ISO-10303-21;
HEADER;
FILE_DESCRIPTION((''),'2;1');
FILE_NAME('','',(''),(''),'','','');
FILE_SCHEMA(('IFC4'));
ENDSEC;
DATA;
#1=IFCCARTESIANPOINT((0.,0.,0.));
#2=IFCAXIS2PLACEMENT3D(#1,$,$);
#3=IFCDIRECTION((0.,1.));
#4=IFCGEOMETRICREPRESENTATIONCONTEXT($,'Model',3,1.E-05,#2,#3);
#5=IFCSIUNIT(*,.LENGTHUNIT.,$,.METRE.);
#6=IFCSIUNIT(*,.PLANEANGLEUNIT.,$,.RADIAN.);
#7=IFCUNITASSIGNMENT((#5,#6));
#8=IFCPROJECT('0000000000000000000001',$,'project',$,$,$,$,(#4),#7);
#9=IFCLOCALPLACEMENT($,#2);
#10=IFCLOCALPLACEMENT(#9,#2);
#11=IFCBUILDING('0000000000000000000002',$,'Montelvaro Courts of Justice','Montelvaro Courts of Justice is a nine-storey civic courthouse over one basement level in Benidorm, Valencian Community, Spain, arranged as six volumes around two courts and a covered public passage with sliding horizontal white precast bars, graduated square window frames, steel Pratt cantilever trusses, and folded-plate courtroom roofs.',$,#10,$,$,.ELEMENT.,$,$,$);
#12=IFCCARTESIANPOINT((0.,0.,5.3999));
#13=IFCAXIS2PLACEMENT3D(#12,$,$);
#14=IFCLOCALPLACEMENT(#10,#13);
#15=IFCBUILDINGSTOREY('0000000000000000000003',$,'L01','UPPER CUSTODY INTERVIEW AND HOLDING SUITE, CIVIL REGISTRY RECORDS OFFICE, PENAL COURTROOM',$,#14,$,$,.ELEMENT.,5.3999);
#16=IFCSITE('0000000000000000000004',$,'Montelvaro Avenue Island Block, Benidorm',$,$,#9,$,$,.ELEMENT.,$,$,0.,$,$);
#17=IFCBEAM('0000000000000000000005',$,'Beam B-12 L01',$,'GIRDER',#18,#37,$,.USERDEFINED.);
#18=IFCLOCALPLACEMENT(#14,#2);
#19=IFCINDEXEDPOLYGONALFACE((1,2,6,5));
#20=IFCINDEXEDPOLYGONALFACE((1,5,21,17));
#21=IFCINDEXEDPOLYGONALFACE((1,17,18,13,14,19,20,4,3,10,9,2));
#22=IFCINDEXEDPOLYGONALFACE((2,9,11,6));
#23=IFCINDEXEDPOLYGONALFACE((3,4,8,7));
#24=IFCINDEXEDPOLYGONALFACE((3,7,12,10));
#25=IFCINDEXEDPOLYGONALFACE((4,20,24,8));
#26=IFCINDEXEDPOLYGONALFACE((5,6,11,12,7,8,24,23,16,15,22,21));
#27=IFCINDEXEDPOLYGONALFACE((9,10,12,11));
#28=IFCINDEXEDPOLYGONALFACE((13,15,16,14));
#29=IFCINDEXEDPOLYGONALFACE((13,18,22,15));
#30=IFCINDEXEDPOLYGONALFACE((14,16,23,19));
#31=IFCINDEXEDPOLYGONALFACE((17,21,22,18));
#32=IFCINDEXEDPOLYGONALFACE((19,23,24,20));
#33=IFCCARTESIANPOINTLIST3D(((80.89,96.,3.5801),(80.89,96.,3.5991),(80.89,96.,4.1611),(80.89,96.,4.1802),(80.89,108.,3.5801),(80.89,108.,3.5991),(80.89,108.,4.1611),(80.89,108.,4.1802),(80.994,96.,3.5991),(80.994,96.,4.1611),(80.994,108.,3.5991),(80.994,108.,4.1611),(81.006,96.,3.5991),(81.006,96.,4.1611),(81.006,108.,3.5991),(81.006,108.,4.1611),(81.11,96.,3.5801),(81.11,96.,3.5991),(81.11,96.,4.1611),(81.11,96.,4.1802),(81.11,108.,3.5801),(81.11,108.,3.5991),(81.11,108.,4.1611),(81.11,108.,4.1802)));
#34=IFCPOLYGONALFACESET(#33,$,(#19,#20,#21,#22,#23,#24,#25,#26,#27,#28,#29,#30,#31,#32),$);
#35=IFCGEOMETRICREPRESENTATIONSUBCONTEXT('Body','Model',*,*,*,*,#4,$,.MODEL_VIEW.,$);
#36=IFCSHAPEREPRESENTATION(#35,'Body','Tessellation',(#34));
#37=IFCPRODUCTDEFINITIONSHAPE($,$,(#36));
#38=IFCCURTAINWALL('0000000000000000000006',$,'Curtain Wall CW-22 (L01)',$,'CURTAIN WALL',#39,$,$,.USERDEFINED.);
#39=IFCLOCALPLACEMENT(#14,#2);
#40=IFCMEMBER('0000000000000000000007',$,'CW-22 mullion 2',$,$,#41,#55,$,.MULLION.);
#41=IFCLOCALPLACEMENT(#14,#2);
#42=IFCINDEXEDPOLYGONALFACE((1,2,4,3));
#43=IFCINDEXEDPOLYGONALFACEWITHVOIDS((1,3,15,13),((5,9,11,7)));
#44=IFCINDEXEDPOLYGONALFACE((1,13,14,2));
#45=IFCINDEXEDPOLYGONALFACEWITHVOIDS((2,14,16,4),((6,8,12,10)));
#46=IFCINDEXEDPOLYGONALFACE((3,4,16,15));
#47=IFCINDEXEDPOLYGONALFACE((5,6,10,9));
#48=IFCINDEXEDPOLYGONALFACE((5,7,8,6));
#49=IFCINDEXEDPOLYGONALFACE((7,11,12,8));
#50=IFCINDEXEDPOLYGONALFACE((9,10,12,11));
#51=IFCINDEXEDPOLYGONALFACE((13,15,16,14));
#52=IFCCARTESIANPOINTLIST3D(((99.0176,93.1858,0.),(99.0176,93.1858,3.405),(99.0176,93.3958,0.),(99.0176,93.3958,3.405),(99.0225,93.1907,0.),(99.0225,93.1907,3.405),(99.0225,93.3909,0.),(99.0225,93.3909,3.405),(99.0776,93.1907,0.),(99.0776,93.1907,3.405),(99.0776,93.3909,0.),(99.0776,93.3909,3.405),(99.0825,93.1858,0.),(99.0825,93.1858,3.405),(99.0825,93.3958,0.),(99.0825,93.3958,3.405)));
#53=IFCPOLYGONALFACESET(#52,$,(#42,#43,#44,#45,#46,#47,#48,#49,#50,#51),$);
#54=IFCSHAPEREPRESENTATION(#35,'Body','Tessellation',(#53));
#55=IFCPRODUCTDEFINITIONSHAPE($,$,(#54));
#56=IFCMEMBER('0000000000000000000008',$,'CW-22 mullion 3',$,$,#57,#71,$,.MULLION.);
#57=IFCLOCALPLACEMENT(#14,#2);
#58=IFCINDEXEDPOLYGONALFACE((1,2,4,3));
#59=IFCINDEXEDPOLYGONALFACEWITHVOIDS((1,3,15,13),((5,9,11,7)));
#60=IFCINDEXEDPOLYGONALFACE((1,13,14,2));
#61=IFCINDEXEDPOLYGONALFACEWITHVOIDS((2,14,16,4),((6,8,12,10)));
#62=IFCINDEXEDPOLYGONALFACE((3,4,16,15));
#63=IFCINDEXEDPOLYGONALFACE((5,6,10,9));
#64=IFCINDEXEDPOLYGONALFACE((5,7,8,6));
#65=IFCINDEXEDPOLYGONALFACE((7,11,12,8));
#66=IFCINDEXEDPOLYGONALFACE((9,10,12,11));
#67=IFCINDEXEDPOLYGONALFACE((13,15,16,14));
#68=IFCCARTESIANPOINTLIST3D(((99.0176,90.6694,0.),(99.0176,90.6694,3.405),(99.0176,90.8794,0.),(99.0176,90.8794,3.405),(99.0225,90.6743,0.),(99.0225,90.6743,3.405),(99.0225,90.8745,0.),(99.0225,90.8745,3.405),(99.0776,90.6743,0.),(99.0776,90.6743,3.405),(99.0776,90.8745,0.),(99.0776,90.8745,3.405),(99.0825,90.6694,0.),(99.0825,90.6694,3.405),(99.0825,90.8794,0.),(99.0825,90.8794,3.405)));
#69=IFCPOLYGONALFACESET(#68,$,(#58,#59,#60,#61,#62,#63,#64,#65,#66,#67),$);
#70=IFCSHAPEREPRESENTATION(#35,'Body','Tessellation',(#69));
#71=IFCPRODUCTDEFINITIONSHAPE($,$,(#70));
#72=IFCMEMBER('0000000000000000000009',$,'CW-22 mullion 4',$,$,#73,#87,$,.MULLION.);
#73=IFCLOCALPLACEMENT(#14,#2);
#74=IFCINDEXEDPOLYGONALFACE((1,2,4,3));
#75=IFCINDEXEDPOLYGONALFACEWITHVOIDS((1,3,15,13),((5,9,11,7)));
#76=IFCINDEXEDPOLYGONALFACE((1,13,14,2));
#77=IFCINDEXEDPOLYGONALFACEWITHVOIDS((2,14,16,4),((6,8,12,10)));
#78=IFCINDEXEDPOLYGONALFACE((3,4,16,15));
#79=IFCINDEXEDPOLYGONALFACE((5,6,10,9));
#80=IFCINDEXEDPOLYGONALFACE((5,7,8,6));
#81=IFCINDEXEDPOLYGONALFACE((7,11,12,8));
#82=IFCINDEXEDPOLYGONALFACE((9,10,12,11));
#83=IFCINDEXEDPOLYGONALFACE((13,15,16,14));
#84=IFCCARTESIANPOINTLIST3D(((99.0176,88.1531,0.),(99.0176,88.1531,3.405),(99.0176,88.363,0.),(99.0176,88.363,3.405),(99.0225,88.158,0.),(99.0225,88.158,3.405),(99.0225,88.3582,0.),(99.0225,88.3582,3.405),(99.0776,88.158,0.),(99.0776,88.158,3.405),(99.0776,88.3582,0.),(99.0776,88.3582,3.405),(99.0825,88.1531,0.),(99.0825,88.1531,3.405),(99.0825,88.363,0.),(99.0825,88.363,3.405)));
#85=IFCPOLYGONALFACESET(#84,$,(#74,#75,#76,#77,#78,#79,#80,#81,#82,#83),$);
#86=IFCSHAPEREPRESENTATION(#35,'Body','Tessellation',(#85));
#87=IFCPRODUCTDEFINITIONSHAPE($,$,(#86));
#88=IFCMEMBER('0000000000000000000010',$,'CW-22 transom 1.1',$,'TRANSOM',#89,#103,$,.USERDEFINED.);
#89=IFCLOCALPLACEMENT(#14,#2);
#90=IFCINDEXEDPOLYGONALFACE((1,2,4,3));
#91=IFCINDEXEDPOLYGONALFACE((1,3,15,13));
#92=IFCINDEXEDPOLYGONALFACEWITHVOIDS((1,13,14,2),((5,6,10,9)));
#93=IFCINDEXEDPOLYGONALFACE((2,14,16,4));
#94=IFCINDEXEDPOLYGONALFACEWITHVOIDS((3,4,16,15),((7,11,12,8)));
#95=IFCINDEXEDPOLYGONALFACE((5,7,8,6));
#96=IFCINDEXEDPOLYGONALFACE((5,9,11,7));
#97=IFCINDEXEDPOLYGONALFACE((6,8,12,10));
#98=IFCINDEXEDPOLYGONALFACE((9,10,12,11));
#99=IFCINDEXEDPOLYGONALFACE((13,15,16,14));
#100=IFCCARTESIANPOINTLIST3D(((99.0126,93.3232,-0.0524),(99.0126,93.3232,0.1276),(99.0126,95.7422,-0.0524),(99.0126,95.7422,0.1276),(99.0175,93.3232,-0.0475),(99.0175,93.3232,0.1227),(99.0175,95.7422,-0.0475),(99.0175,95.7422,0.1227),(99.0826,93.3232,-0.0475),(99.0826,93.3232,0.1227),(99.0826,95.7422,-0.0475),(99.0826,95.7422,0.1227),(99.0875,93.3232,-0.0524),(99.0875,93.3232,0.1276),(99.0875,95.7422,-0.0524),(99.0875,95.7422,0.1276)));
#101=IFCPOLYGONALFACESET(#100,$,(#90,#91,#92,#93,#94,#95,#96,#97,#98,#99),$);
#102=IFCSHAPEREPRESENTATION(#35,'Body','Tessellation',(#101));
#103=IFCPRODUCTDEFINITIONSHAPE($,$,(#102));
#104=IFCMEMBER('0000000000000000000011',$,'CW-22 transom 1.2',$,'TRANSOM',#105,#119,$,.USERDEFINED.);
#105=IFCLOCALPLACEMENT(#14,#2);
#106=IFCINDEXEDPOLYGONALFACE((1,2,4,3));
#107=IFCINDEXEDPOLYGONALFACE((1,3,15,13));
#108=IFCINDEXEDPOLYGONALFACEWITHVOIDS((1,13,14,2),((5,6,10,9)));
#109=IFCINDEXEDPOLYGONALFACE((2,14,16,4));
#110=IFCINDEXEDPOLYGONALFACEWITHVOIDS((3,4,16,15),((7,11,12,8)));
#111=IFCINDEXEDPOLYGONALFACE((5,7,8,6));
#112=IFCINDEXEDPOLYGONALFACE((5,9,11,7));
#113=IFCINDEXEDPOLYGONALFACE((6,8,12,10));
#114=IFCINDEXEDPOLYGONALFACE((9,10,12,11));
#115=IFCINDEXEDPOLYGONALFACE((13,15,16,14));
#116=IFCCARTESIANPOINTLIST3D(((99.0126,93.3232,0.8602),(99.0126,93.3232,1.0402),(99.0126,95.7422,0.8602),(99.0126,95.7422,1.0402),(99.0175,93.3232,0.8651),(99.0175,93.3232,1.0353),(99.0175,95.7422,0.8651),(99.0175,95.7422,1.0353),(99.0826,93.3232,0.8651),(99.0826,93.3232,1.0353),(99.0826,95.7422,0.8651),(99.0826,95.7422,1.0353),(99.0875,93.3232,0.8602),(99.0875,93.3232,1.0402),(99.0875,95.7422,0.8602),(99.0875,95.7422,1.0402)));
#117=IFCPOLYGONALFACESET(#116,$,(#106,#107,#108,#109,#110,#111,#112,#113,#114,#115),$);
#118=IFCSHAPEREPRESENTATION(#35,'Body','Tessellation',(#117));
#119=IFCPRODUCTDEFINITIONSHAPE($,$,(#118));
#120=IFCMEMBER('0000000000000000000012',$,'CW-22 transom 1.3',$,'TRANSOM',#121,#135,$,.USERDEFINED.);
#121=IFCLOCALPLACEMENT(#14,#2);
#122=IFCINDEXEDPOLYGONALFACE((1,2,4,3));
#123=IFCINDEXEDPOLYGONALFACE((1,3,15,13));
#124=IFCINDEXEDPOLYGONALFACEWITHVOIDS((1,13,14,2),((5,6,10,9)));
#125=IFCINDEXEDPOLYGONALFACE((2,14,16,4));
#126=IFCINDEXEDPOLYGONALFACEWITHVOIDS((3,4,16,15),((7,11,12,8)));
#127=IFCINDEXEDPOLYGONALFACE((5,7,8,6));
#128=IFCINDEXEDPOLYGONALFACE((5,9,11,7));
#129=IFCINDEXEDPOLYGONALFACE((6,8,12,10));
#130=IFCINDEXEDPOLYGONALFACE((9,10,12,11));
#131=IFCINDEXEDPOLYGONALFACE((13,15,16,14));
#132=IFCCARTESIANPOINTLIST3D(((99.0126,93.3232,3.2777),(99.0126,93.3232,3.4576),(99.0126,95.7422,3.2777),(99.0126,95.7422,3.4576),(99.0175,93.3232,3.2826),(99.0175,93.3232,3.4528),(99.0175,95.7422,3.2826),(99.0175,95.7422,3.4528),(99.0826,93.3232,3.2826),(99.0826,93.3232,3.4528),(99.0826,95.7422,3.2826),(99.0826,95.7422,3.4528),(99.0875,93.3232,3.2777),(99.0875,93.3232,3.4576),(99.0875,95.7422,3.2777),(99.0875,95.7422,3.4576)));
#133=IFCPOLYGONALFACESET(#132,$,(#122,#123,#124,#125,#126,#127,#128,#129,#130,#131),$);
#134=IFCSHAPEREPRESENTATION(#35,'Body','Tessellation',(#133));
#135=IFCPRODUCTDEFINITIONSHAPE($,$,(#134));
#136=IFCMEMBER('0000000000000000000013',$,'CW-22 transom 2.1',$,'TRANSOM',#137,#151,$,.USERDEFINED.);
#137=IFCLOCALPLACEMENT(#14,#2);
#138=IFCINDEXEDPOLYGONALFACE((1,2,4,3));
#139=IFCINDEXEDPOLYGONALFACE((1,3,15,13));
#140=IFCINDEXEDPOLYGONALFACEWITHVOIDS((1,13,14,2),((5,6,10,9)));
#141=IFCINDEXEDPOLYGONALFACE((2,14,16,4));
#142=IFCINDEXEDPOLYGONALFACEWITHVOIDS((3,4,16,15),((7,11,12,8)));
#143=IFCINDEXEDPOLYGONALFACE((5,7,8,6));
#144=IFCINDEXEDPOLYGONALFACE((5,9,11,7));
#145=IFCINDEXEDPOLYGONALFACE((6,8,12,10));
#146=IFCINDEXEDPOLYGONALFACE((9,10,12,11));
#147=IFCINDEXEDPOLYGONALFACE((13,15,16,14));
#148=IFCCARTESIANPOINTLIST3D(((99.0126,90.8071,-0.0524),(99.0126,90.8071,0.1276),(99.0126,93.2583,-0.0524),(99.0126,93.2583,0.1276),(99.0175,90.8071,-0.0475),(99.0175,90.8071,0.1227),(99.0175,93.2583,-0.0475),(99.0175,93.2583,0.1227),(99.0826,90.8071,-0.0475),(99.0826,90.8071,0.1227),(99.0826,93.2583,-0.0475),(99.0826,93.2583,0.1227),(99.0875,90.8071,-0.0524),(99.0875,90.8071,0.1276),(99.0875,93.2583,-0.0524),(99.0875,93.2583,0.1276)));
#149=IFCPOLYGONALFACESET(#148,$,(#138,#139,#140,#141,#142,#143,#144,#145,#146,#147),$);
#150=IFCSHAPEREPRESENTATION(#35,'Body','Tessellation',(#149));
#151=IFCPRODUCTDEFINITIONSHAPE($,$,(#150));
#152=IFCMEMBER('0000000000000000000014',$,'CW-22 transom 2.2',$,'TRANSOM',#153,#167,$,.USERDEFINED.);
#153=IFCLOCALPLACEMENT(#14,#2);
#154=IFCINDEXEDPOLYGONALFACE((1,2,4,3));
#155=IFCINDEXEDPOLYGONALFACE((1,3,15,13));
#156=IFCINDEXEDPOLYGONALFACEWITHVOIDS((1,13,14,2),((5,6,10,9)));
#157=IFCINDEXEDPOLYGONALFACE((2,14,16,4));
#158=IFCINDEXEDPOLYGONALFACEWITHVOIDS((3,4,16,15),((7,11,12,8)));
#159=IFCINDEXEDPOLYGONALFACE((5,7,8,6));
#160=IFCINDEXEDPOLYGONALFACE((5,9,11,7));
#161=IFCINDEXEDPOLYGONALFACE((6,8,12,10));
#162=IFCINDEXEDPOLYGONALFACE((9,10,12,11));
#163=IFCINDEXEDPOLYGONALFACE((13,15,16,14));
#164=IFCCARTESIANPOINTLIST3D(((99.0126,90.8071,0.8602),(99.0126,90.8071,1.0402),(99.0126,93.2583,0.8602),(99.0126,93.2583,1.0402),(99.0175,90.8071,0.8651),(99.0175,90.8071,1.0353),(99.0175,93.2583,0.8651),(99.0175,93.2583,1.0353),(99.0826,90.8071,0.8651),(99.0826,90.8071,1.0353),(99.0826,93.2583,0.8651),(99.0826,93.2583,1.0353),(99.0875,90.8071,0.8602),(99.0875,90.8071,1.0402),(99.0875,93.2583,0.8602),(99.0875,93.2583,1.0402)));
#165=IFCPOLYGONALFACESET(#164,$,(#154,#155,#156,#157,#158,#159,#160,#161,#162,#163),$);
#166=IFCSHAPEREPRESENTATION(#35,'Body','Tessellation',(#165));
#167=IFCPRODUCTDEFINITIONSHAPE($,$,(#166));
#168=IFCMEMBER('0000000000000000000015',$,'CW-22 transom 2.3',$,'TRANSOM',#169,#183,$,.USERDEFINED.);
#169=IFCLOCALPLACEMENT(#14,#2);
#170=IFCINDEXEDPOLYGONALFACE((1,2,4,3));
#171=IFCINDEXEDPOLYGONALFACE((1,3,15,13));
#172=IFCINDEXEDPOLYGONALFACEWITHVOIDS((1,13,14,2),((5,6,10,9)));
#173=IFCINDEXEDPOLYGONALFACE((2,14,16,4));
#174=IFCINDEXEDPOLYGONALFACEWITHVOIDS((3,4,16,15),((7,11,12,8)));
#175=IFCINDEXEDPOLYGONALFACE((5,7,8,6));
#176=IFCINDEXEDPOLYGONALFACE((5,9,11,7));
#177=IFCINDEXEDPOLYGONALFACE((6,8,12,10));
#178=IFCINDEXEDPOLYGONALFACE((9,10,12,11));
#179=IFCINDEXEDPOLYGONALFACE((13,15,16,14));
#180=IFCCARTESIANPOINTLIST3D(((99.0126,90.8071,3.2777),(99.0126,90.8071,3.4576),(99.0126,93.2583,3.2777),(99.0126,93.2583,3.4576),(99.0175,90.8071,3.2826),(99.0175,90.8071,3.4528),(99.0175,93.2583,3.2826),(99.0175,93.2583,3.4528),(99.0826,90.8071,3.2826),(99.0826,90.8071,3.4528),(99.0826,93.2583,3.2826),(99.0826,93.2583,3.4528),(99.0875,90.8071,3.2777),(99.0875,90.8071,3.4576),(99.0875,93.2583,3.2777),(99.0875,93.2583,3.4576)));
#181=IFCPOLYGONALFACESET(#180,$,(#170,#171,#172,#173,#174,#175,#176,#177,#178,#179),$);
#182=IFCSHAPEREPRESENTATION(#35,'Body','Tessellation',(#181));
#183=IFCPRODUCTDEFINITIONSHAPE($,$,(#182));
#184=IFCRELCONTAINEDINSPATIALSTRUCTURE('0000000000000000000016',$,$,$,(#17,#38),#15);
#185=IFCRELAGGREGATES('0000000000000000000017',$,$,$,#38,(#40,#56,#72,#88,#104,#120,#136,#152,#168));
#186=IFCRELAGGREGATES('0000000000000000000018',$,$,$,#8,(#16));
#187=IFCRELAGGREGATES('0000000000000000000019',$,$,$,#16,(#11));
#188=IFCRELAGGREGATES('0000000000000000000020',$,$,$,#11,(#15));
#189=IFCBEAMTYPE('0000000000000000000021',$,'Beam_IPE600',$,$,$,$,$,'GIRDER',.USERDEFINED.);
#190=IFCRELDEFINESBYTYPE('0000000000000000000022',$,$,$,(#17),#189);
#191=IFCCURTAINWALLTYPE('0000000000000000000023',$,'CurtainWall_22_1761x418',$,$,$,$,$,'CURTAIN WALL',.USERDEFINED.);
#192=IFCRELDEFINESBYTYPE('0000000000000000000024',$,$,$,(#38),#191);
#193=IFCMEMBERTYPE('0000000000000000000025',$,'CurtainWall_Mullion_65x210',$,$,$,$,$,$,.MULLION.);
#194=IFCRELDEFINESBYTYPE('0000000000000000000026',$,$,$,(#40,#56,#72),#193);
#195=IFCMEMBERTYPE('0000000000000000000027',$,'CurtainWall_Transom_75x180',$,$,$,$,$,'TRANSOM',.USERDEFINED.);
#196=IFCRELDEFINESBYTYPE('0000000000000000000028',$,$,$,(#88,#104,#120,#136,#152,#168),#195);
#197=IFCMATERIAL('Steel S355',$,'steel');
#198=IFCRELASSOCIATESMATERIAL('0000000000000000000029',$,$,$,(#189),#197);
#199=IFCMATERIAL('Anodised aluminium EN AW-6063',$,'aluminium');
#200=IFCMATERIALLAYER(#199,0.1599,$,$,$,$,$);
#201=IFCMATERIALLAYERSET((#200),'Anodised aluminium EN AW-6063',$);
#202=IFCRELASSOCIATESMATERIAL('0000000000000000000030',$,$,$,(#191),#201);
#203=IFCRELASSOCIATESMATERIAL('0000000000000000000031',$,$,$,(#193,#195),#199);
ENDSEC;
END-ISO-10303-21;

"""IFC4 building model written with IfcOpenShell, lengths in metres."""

from ifc_helpers import new_model, si_unit, direction, frame, origin, origin_2d, place, context, subcontext, project, spatial, hollow_rectangle, i_section, extrude, material, layer, layer_set, material_profile, profile_set, type_object, element, aggregate, save


model = new_model("IFC4")

# Units and contexts
model_context = context("Model", 3, precision=1e-05, world=origin(), true_north=direction((0.0, 1.0)))
body_context = subcontext(model_context, "Body", "Model", "MODEL_VIEW")
ifc_project = project(units=[si_unit("LENGTHUNIT", "METRE"), si_unit("PLANEANGLEUNIT", "RADIAN")], contexts=[model_context])

# Site, building, storey
site_placement = place(None, origin())
site = spatial("IfcSite", under=ifc_project, at=site_placement, Name="Montelvaro Avenue Island Block, Benidorm", CompositionType="ELEMENT", RefElevation=0.0)
building_placement = place(site_placement, origin())
building = spatial("IfcBuilding", under=site, at=building_placement, Name="Montelvaro Courts of Justice", Description="Montelvaro Courts of Justice is a nine-storey civic courthouse over one basement level in Benidorm, Valencian Community, Spain, arranged as six volumes around two courts and a covered public passage with sliding horizontal white precast bars, graduated square window frames, steel Pratt cantilever trusses, and folded-plate courtroom roofs.", CompositionType="ELEMENT")
storey_placement = place(building_placement, frame((0.0, 0.0, 5.3999)))
storey = spatial("IfcBuildingStorey", under=building, at=storey_placement, Name="L01", Description="UPPER CUSTODY INTERVIEW AND HOLDING SUITE, CIVIL REGISTRY RECORDS OFFICE, PENAL COURTROOM", CompositionType="ELEMENT", Elevation=5.3999)

# Shared definitions
ifc_material_1 = material(Name="Steel S355", Category="steel")

# Beam
ifc_material_profile_1 = material_profile(ifc_material_1, i_section(OverallWidth=0.22, OverallDepth=0.6001, WebThickness=0.012, FlangeThickness=0.019, at=origin_2d()), Name="IPE 600")
ifc_profile_set_1 = profile_set([ifc_material_profile_1], Name="Steel S355")
beam_type_1 = type_object("IfcBeamType", Name="Beam_IPE600", ElementType="GIRDER", PredefinedType="USERDEFINED", material=ifc_profile_set_1)
beam_1_placement = place(storey_placement, frame((81.0, 96.0, 3.8801), z_axis=(0.0, 1.0, 0.0), x_axis=(-1.0, 0.0, 0.0)))
element("IfcBeam", 1, at=beam_1_placement, inside=storey, type_object=beam_type_1, Name="Beam B-12 L01", ObjectType="GIRDER", PredefinedType="USERDEFINED", context=body_context, shape_type="SweptSolid", body=[
    extrude(i_section(OverallWidth=0.22, OverallDepth=0.6001, WebThickness=0.012, FlangeThickness=0.019, at=origin_2d()), origin(), (0.0, 0.0, 1.0), 12.0),
])

# Curtain wall, members
ifc_material_2 = material(Name="Anodised aluminium EN AW-6063", Category="aluminium")
ifc_layer_1 = layer(ifc_material_2, 0.1599)
ifc_layer_set_1 = layer_set([ifc_layer_1], Name="Anodised aluminium EN AW-6063")
curtain_wall_type_1 = type_object("IfcCurtainWallType", Name="CurtainWall_22_1761x418", ElementType="CURTAIN WALL", PredefinedType="USERDEFINED", material=ifc_layer_set_1)
curtain_wall_1_placement = place(storey_placement, origin())
curtain_wall_1 = element("IfcCurtainWall", 2, at=curtain_wall_1_placement, inside=storey, type_object=curtain_wall_type_1, Name="Curtain Wall CW-22 (L01)", ObjectType="CURTAIN WALL", PredefinedType="USERDEFINED")
ifc_material_profile_2 = material_profile(ifc_material_2, hollow_rectangle(XDim=0.0649, YDim=0.21, WallThickness=0.0049, at=origin_2d()), Name="ALU-M 65x210")
ifc_profile_set_2 = profile_set([ifc_material_profile_2], Name="Anodised aluminium EN AW-6063")
member_type_1 = type_object("IfcMemberType", Name="CurtainWall_Mullion_65x210", PredefinedType="MULLION", material=ifc_profile_set_2)
member_1_placement = place(storey_placement, frame((99.05, 93.2908, 0.0), z_axis=(0.0, 0.0, 1.0), x_axis=(1.0, 0.0, 0.0)))
member_1 = element("IfcMember", 3, at=member_1_placement, type_object=member_type_1, Name="CW-22 mullion 2", PredefinedType="MULLION", context=body_context, shape_type="SweptSolid", body=[
    extrude(hollow_rectangle(XDim=0.0649, YDim=0.21, WallThickness=0.0049, at=origin_2d()), origin(), (0.0, 0.0, 1.0), 3.405),
])
member_2_placement = place(storey_placement, frame((99.05, 90.7744, 0.0), z_axis=(0.0, 0.0, 1.0), x_axis=(1.0, 0.0, 0.0)))
member_2 = element("IfcMember", 4, at=member_2_placement, type_object=member_type_1, Name="CW-22 mullion 3", PredefinedType="MULLION", context=body_context, shape_type="SweptSolid", body=[
    extrude(hollow_rectangle(XDim=0.0649, YDim=0.21, WallThickness=0.0049, at=origin_2d()), origin(), (0.0, 0.0, 1.0), 3.405),
])
member_3_placement = place(storey_placement, frame((99.05, 88.2581, 0.0), z_axis=(0.0, 0.0, 1.0), x_axis=(1.0, 0.0, 0.0)))
member_3 = element("IfcMember", 5, at=member_3_placement, type_object=member_type_1, Name="CW-22 mullion 4", PredefinedType="MULLION", context=body_context, shape_type="SweptSolid", body=[
    extrude(hollow_rectangle(XDim=0.0649, YDim=0.21, WallThickness=0.0049, at=origin_2d()), origin(), (0.0, 0.0, 1.0), 3.405),
])
ifc_material_profile_3 = material_profile(ifc_material_2, hollow_rectangle(XDim=0.075, YDim=0.1799, WallThickness=0.0049, at=origin_2d()), Name="ALU-T 75x180")
ifc_profile_set_3 = profile_set([ifc_material_profile_3], Name="Anodised aluminium EN AW-6063")
member_type_2 = type_object("IfcMemberType", Name="CurtainWall_Transom_75x180", ElementType="TRANSOM", PredefinedType="USERDEFINED", material=ifc_profile_set_3)
member_4_placement = place(storey_placement, frame((99.05, 95.7422, 0.0376), z_axis=(0.0, -1.0, 0.0), x_axis=(1.0, 0.0, 0.0)))
member_4 = element("IfcMember", 6, at=member_4_placement, type_object=member_type_2, Name="CW-22 transom 1.1", ObjectType="TRANSOM", PredefinedType="USERDEFINED", context=body_context, shape_type="SweptSolid", body=[
    extrude(hollow_rectangle(XDim=0.075, YDim=0.1799, WallThickness=0.0049, at=origin_2d()), origin(), (0.0, 0.0, 1.0), 2.4189),
])
member_5_placement = place(storey_placement, frame((99.05, 95.7422, 0.9502), z_axis=(0.0, -1.0, 0.0), x_axis=(1.0, 0.0, 0.0)))
member_5 = element("IfcMember", 7, at=member_5_placement, type_object=member_type_2, Name="CW-22 transom 1.2", ObjectType="TRANSOM", PredefinedType="USERDEFINED", context=body_context, shape_type="SweptSolid", body=[
    extrude(hollow_rectangle(XDim=0.075, YDim=0.1799, WallThickness=0.0049, at=origin_2d()), origin(), (0.0, 0.0, 1.0), 2.4189),
])
member_6_placement = place(storey_placement, frame((99.05, 95.7422, 3.3677), z_axis=(0.0, -1.0, 0.0), x_axis=(1.0, 0.0, 0.0)))
member_6 = element("IfcMember", 8, at=member_6_placement, type_object=member_type_2, Name="CW-22 transom 1.3", ObjectType="TRANSOM", PredefinedType="USERDEFINED", context=body_context, shape_type="SweptSolid", body=[
    extrude(hollow_rectangle(XDim=0.075, YDim=0.1799, WallThickness=0.0049, at=origin_2d()), origin(), (0.0, 0.0, 1.0), 2.4189),
])
member_7_placement = place(storey_placement, frame((99.05, 93.2583, 0.0376), z_axis=(0.0, -1.0, 0.0), x_axis=(1.0, 0.0, 0.0)))
member_7 = element("IfcMember", 9, at=member_7_placement, type_object=member_type_2, Name="CW-22 transom 2.1", ObjectType="TRANSOM", PredefinedType="USERDEFINED", context=body_context, shape_type="SweptSolid", body=[
    extrude(hollow_rectangle(XDim=0.075, YDim=0.1799, WallThickness=0.0049, at=origin_2d()), origin(), (0.0, 0.0, 1.0), 2.4512),
])
member_8_placement = place(storey_placement, frame((99.05, 93.2583, 0.9502), z_axis=(0.0, -1.0, 0.0), x_axis=(1.0, 0.0, 0.0)))
member_8 = element("IfcMember", 10, at=member_8_placement, type_object=member_type_2, Name="CW-22 transom 2.2", ObjectType="TRANSOM", PredefinedType="USERDEFINED", context=body_context, shape_type="SweptSolid", body=[
    extrude(hollow_rectangle(XDim=0.075, YDim=0.1799, WallThickness=0.0049, at=origin_2d()), origin(), (0.0, 0.0, 1.0), 2.4512),
])
member_9_placement = place(storey_placement, frame((99.05, 93.2583, 3.3677), z_axis=(0.0, -1.0, 0.0), x_axis=(1.0, 0.0, 0.0)))
member_9 = element("IfcMember", 11, at=member_9_placement, type_object=member_type_2, Name="CW-22 transom 2.3", ObjectType="TRANSOM", PredefinedType="USERDEFINED", context=body_context, shape_type="SweptSolid", body=[
    extrude(hollow_rectangle(XDim=0.075, YDim=0.1799, WallThickness=0.0049, at=origin_2d()), origin(), (0.0, 0.0, 1.0), 2.4512),
])

aggregate(curtain_wall_1, [member_1, member_2, member_3, member_4, member_5, member_6, member_7, member_8, member_9])

save(model, "model.ifc")
